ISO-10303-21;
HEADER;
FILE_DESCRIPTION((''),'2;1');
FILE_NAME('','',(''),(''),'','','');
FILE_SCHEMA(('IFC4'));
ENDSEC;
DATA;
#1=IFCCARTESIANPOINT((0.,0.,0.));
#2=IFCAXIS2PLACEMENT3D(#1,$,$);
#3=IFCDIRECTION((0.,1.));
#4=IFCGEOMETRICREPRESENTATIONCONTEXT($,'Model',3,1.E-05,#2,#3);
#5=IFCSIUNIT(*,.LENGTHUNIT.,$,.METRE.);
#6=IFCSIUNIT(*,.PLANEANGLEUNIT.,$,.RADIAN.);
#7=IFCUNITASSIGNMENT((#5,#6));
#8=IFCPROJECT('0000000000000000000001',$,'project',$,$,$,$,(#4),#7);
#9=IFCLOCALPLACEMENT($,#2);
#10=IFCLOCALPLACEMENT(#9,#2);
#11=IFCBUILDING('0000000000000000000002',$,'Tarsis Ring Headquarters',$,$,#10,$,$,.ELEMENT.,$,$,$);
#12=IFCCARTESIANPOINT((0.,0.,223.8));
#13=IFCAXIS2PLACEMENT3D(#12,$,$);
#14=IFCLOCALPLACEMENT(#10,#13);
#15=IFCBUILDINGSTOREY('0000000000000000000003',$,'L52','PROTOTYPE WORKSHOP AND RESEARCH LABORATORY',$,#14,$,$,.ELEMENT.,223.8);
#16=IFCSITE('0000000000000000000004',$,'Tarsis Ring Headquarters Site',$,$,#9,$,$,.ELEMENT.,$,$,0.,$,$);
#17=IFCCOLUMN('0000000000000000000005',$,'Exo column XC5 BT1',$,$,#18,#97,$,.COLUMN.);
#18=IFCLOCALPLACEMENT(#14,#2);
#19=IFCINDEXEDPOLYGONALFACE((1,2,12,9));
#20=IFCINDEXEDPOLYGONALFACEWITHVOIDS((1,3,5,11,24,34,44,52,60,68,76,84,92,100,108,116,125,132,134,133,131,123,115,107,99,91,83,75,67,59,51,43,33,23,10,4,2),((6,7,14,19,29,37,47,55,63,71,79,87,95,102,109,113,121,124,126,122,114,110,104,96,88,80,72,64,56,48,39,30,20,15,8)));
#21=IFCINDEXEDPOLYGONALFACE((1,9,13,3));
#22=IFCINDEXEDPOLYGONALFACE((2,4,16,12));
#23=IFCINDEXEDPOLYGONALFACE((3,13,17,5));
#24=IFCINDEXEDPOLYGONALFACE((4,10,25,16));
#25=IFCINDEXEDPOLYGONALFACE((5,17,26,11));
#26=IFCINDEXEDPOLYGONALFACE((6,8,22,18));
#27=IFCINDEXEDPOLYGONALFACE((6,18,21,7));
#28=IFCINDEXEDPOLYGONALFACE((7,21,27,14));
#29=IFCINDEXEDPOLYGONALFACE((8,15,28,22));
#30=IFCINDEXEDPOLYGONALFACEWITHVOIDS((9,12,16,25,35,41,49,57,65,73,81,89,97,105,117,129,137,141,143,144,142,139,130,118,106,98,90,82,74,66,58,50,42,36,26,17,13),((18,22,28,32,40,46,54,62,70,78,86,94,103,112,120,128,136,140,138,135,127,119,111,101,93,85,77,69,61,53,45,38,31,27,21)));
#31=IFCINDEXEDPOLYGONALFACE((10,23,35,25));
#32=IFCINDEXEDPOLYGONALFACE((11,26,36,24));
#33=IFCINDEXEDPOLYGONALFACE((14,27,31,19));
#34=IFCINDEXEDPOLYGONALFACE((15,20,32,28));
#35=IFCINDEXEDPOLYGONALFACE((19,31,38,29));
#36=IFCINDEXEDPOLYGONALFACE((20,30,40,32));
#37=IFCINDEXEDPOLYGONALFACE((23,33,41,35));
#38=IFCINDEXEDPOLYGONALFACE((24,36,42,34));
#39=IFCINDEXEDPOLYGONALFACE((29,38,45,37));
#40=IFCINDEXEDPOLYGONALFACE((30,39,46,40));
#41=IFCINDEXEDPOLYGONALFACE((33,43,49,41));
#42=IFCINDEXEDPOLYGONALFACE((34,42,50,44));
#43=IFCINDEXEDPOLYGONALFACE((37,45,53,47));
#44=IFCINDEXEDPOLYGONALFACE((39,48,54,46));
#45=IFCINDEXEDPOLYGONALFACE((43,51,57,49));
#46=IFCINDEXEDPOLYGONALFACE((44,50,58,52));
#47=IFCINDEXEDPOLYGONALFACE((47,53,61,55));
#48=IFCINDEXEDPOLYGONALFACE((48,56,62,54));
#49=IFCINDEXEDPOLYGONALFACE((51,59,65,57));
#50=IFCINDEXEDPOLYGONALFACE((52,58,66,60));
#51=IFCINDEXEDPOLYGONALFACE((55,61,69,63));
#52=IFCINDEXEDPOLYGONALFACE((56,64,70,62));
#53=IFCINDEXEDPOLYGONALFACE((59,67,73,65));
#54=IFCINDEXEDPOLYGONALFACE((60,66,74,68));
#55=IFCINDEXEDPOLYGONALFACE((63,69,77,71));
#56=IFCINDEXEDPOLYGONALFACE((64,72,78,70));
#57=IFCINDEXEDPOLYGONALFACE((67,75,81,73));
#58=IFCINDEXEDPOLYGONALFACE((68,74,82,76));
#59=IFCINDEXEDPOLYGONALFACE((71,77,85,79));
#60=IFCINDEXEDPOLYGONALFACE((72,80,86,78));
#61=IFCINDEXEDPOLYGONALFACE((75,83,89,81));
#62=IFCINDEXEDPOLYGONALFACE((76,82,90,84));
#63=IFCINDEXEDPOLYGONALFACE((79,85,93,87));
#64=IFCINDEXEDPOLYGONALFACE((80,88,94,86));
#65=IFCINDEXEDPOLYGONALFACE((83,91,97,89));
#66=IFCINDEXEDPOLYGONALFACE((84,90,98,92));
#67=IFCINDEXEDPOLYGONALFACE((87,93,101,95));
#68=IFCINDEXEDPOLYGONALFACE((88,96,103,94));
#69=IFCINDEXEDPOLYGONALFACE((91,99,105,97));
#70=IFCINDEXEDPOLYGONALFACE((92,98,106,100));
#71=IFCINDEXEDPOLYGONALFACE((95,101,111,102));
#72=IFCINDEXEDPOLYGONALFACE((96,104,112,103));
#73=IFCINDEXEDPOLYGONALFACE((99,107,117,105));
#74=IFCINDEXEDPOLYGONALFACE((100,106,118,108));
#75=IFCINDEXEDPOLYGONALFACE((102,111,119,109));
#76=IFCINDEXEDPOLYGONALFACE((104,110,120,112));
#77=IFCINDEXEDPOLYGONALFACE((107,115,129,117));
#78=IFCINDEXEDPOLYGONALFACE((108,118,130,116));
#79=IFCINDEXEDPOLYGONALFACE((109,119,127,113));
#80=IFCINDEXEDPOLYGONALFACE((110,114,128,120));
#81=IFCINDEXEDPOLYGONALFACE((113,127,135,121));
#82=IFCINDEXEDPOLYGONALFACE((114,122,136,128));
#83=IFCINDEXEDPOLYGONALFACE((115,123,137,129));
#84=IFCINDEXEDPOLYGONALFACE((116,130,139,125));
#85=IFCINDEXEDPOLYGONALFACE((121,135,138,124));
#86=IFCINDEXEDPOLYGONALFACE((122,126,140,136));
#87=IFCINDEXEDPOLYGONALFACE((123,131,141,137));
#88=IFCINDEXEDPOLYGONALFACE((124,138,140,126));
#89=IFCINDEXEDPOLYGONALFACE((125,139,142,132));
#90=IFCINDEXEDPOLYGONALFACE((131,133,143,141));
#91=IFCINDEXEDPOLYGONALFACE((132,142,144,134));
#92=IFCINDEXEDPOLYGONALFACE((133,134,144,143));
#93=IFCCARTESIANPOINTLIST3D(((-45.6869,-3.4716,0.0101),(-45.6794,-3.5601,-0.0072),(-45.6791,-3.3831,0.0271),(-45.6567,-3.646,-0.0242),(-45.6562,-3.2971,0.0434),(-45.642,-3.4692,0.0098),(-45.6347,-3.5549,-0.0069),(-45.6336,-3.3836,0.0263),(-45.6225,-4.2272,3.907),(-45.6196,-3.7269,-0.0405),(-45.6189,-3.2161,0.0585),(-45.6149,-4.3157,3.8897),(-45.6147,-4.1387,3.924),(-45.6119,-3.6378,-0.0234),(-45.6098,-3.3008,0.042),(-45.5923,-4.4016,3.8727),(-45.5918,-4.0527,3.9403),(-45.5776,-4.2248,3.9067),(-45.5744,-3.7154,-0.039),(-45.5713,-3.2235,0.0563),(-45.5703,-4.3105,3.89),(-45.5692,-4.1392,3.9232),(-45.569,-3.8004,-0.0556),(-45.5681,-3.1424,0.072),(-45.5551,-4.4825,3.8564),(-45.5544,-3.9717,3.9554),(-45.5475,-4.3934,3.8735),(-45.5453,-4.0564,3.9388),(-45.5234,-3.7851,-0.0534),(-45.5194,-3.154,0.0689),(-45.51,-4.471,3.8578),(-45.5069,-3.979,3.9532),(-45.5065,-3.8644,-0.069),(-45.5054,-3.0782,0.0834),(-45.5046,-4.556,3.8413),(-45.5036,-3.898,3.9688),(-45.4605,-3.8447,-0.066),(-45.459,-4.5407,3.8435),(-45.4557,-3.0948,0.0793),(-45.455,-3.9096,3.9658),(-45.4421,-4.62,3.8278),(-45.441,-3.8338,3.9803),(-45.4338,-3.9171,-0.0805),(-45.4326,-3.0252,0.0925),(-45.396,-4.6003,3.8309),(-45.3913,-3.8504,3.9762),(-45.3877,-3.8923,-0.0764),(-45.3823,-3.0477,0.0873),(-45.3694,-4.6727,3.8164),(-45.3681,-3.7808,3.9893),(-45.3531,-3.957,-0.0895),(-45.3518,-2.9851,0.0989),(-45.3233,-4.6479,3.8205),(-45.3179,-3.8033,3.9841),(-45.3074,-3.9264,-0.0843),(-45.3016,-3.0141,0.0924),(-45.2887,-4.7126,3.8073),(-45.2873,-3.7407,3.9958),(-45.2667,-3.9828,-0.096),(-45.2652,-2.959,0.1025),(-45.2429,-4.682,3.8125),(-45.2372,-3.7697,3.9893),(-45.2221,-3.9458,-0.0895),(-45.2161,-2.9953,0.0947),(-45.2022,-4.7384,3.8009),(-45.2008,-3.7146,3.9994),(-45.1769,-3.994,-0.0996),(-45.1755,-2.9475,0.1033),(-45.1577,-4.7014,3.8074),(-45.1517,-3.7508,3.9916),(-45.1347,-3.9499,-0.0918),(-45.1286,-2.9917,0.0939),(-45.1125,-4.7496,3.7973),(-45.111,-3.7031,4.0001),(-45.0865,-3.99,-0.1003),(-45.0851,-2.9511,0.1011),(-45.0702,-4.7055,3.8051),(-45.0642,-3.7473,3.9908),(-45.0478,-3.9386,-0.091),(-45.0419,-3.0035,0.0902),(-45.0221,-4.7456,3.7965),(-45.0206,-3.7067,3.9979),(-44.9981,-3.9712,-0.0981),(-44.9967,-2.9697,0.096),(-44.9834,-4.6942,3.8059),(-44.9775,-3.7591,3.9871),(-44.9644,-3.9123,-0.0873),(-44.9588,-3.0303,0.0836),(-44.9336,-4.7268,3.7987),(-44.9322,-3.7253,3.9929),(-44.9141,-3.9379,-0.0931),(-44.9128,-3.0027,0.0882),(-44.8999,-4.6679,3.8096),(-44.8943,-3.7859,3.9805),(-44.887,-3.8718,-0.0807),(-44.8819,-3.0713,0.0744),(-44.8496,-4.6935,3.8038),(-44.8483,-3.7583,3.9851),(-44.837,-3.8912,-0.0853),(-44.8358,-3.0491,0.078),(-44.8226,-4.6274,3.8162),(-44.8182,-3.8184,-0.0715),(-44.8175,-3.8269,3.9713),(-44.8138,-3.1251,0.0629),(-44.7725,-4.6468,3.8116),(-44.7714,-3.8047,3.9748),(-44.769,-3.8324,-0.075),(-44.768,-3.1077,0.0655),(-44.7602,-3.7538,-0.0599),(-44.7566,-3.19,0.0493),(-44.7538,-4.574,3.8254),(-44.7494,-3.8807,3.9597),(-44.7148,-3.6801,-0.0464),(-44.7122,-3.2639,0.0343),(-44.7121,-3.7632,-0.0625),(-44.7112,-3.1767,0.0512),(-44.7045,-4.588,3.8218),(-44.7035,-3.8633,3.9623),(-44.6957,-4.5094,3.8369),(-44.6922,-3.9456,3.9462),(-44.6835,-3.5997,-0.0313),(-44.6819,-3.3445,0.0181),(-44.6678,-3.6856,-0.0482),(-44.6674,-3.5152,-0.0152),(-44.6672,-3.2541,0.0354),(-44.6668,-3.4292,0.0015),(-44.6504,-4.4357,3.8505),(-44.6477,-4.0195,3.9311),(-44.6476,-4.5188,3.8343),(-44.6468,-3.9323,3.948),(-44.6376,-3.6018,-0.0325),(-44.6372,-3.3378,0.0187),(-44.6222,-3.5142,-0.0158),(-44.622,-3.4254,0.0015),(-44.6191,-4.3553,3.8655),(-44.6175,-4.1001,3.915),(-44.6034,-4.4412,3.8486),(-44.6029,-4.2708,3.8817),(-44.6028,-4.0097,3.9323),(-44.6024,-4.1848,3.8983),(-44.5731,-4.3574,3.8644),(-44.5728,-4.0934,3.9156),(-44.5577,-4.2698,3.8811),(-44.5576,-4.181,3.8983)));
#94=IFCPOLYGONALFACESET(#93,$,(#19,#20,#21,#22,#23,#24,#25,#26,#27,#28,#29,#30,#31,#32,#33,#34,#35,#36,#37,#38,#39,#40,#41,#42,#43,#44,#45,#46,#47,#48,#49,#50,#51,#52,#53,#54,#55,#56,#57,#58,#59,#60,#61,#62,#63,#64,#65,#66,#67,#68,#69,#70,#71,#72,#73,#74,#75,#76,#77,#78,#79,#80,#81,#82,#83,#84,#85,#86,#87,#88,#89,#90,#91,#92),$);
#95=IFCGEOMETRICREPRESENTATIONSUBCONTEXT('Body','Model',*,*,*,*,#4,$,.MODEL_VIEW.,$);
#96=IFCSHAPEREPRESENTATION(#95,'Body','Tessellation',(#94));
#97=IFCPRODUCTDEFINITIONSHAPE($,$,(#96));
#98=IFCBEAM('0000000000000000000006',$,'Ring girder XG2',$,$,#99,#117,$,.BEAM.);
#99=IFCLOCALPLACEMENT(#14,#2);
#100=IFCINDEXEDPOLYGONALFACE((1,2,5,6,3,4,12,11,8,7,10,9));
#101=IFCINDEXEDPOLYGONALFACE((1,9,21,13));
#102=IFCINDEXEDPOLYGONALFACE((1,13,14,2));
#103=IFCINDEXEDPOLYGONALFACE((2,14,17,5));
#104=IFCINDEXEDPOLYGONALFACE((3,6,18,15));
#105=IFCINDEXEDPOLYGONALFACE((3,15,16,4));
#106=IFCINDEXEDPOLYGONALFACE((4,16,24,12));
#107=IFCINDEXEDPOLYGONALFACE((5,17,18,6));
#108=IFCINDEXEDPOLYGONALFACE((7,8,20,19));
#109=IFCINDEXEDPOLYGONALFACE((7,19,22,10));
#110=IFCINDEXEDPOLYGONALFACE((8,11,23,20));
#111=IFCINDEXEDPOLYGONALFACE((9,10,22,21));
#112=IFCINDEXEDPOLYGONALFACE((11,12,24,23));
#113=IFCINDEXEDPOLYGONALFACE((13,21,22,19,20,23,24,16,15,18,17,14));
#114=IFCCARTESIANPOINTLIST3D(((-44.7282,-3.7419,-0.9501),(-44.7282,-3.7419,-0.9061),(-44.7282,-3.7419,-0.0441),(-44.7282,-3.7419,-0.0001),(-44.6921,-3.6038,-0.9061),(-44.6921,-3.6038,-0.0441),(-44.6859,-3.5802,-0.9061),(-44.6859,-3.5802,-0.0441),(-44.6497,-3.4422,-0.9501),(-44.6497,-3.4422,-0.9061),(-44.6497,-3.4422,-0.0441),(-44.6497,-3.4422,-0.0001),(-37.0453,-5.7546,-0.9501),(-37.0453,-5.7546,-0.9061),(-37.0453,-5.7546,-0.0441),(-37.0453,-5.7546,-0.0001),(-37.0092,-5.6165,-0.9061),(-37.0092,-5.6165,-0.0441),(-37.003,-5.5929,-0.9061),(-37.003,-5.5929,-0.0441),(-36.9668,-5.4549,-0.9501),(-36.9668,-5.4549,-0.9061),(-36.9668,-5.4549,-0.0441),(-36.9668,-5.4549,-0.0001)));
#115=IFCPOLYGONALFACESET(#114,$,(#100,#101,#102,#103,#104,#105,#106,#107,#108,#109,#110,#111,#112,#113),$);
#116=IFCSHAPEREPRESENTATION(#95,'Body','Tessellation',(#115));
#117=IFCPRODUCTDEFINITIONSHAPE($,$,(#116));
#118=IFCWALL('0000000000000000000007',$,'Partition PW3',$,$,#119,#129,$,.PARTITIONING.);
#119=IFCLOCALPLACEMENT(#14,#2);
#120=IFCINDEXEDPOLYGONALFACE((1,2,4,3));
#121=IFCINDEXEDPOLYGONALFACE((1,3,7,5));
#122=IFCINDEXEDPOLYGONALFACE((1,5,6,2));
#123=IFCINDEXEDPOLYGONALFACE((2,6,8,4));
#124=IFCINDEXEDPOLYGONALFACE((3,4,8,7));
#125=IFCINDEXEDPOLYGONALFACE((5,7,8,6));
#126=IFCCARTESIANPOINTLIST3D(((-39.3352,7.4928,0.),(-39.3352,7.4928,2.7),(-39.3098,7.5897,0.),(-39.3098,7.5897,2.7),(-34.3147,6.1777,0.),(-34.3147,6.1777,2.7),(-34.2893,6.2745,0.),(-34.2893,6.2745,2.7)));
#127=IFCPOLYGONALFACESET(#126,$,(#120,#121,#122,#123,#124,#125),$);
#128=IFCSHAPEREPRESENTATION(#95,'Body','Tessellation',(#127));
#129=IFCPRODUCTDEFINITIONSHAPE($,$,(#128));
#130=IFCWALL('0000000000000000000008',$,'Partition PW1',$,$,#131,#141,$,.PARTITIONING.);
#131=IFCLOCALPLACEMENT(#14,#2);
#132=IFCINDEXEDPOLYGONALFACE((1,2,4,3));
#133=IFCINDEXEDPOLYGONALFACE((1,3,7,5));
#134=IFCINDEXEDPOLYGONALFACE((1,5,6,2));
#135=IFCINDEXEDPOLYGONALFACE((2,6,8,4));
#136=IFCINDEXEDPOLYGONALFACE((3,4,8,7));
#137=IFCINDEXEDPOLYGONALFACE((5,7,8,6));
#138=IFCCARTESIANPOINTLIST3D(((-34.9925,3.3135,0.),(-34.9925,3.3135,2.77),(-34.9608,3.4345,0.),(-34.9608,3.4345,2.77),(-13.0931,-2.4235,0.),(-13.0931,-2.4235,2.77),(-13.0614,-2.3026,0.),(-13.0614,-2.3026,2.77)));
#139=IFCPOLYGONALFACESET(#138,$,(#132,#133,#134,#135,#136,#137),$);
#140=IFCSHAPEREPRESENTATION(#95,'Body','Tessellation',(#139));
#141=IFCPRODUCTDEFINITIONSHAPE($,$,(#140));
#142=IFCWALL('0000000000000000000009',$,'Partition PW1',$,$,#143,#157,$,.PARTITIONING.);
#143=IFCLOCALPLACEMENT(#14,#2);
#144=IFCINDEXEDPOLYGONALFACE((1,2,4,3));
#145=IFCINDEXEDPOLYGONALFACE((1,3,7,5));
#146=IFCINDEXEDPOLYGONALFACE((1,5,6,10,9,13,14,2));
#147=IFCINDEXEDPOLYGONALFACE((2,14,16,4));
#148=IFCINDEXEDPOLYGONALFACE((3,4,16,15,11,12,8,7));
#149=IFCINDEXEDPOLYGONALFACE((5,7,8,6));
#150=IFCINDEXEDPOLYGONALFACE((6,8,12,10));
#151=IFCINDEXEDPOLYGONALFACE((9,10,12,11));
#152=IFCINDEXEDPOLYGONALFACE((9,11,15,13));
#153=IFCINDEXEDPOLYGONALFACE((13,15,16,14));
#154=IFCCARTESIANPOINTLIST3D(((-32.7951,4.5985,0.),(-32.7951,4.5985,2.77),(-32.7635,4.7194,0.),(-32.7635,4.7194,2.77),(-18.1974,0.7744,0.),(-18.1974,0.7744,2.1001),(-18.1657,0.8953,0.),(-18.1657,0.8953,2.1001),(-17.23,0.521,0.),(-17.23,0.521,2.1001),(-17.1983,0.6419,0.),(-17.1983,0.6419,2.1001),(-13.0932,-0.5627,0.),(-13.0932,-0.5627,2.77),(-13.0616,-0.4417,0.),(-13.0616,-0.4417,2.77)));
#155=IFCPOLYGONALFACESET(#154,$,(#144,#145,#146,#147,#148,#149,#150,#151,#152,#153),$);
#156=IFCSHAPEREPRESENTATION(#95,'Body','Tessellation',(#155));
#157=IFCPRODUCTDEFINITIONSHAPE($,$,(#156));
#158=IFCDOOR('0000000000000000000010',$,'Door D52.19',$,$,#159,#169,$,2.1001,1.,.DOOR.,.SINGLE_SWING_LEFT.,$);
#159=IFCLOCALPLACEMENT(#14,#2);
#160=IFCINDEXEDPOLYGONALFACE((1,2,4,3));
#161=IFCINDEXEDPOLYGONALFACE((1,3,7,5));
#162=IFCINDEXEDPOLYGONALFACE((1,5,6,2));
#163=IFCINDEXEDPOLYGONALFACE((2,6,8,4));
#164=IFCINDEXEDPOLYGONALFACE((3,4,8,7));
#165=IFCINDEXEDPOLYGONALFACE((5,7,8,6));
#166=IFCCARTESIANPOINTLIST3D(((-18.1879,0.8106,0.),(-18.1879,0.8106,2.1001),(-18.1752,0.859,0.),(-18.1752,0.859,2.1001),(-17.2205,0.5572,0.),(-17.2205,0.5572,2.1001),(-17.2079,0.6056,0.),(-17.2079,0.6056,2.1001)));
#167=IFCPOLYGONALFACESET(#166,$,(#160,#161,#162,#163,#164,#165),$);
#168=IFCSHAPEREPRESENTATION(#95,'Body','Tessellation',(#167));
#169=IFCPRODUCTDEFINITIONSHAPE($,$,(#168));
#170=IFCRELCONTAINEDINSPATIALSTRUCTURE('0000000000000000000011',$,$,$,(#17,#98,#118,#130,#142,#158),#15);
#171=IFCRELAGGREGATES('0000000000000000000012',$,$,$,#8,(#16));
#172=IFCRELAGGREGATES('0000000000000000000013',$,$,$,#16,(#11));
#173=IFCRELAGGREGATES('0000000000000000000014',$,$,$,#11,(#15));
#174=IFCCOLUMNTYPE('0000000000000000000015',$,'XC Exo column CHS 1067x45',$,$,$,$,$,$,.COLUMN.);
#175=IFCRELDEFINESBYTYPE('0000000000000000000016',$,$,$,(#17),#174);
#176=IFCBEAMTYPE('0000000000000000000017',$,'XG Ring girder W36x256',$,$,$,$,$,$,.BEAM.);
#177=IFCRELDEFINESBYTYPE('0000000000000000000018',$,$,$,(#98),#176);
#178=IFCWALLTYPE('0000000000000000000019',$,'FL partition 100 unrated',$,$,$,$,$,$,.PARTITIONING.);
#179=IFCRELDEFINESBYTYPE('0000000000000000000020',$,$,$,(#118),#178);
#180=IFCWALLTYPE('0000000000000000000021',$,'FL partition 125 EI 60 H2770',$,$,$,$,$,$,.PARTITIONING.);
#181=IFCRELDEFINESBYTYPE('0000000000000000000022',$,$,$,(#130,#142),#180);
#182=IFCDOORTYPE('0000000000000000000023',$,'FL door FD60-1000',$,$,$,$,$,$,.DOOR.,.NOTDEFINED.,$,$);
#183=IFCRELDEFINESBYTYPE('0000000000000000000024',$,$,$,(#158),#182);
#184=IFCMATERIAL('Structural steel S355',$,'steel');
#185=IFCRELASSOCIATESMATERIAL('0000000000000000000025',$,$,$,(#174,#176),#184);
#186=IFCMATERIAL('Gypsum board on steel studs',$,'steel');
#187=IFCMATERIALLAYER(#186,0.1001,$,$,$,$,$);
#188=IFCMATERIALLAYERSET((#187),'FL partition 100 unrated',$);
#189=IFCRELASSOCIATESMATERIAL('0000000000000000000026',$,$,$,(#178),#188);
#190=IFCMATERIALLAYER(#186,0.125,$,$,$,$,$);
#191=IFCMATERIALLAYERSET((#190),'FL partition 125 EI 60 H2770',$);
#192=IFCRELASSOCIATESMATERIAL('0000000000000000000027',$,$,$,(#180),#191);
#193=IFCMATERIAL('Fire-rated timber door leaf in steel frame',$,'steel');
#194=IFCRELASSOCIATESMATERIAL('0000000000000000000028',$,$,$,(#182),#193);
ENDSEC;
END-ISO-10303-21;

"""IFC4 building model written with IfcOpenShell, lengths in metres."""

from ifc_helpers import new_model, si_unit, direction, frame, frame_2d, origin, origin_2d, place, context, subcontext, project, spatial, rectangle, hollow_circle, i_section, extrude, material, layer, layer_set, material_profile, profile_set, type_object, element, fill, save


model = new_model("IFC4")

# Units and contexts
model_context = context("Model", 3, precision=1e-05, world=origin(), true_north=direction((0.0, 1.0)))
body_context = subcontext(model_context, "Body", "Model", "MODEL_VIEW")
ifc_project = project(units=[si_unit("LENGTHUNIT", "METRE"), si_unit("PLANEANGLEUNIT", "RADIAN")], contexts=[model_context])

# Site, building, storey
site_placement = place(None, origin())
site = spatial("IfcSite", under=ifc_project, at=site_placement, Name="Tarsis Ring Headquarters Site", CompositionType="ELEMENT", RefElevation=0.0)
building_placement = place(site_placement, origin())
building = spatial("IfcBuilding", under=site, at=building_placement, Name="Tarsis Ring Headquarters", CompositionType="ELEMENT")
storey_placement = place(building_placement, frame((0.0, 0.0, 223.8)))
storey = spatial("IfcBuildingStorey", under=building, at=storey_placement, Name="L52", Description="PROTOTYPE WORKSHOP AND RESEARCH LABORATORY", CompositionType="ELEMENT", Elevation=223.8)

# Column
ifc_material_1 = material(Name="Structural steel S355", Category="steel")
ifc_material_profile_1 = material_profile(ifc_material_1, hollow_circle(Radius=0.5334, WallThickness=0.0449, at=origin_2d()), Name="CHS 1067x45")
ifc_profile_set_1 = profile_set([ifc_material_profile_1], Name="Structural steel S355")
column_type = type_object("IfcColumnType", Name="XC Exo column CHS 1067x45", PredefinedType="COLUMN", material=ifc_profile_set_1)
column_placement = place(storey_placement, frame((-45.1536, -3.4707, 0.0015), z_axis=(0.016235, -0.190328, 0.981586), x_axis=(0.996382, 0.08499, 0.0)))
element("IfcColumn", 1, at=column_placement, inside=storey, type_object=column_type, Name="Exo column XC5 BT1", PredefinedType="COLUMN", context=body_context, shape_type="SweptSolid", body=[
    extrude(hollow_circle(Radius=0.5334, WallThickness=0.0449, at=origin_2d()), origin(), (0.0, 0.0, 1.0), 3.97),
])

# Beam
ifc_material_profile_2 = material_profile(ifc_material_1, i_section(OverallWidth=0.3098, OverallDepth=0.95, WebThickness=0.0244, FlangeThickness=0.0439, at=origin_2d()), Name="W36x256")
ifc_profile_set_2 = profile_set([ifc_material_profile_2], Name="Structural steel S355")
beam_type = type_object("IfcBeamType", Name="XG Ring girder W36x256", PredefinedType="BEAM", material=ifc_profile_set_2)
beam_placement = place(storey_placement, frame((-44.689, -3.592, -0.4751), z_axis=(0.967356, -0.25342, 0.0), x_axis=(0.25342, 0.967356, 0.0)))
element("IfcBeam", 2, at=beam_placement, inside=storey, type_object=beam_type, Name="Ring girder XG2", PredefinedType="BEAM", context=body_context, shape_type="SweptSolid", body=[
    extrude(i_section(OverallWidth=0.3098, OverallDepth=0.95, WebThickness=0.0244, FlangeThickness=0.0439, at=origin_2d()), origin(), (0.0, 0.0, 1.0), 7.9421),
])

# Walls
ifc_material_2 = material(Name="Gypsum board on steel studs", Category="steel")
ifc_layer_1 = layer(ifc_material_2, 0.1001)
ifc_layer_set_1 = layer_set([ifc_layer_1], Name="FL partition 100 unrated")
wall_type_1 = type_object("IfcWallType", Name="FL partition 100 unrated", PredefinedType="PARTITIONING", material=ifc_layer_set_1)
wall_1_placement = place(storey_placement, frame((-39.3225, 7.5413, 0.0), z_axis=(0.0, 0.0, 1.0), x_axis=(0.967358, -0.253412, 0.0)))
element("IfcWall", 3, at=wall_1_placement, inside=storey, type_object=wall_type_1, Name="Partition PW3", PredefinedType="PARTITIONING", context=body_context, shape_type="SweptSolid", body=[
    extrude(rectangle(XDim=5.1899, YDim=0.1001, at=frame_2d((2.595, 0.0))), origin(), (0.0, 0.0, 1.0), 2.7),
])
ifc_layer_2 = layer(ifc_material_2, 0.125)
ifc_layer_set_2 = layer_set([ifc_layer_2], Name="FL partition 125 EI 60 H2770")
wall_type_2 = type_object("IfcWallType", Name="FL partition 125 EI 60 H2770", PredefinedType="PARTITIONING", material=ifc_layer_set_2)
wall_2_placement = place(storey_placement, frame((-34.9768, 3.374, 0.0), z_axis=(0.0, 0.0, 1.0), x_axis=(0.967356, -0.253421, 0.0)))
element("IfcWall", 4, at=wall_2_placement, inside=storey, type_object=wall_type_2, Name="Partition PW1", PredefinedType="PARTITIONING", context=body_context, shape_type="SweptSolid", body=[
    extrude(rectangle(XDim=22.6384, YDim=0.125, at=frame_2d((11.3193, 0.0))), origin(), (0.0, 0.0, 1.0), 2.77),
])

# Wall, opening, door
wall_3_placement = place(storey_placement, frame((-32.7793, 4.6589, 0.0), z_axis=(0.0, 0.0, 1.0), x_axis=(0.967359, -0.25341, 0.0)))
wall_3 = element("IfcWall", 5, at=wall_3_placement, inside=storey, type_object=wall_type_2, Name="Partition PW1", PredefinedType="PARTITIONING", context=body_context, shape_type="SweptSolid", body=[
    extrude(rectangle(XDim=20.3667, YDim=0.125, at=frame_2d((10.1833, 0.0))), origin(), (0.0, 0.0, 1.0), 2.77),
])
opening_1_placement = place(wall_3_placement, frame((15.0903, 0.0, 0.0)))
opening_1 = element("IfcOpeningElement", 6, at=opening_1_placement, cuts=wall_3, PredefinedType="OPENING", context=body_context, shape_type="SweptSolid", body=[
    extrude(rectangle(XDim=1.0, YDim=2.1001, at=frame_2d((0.5, 1.05))), frame((0.0, 0.0725, 0.0), z_axis=(0.0, -1.0, 0.0), x_axis=(1.0, 0.0, 0.0)), (0.0, 0.0, 1.0), 0.145),
])
ifc_material_3 = material(Name="Fire-rated timber door leaf in steel frame", Category="steel")
door_type_1 = type_object("IfcDoorType", Name="FL door FD60-1000", OperationType="NOTDEFINED", PredefinedType="DOOR", material=ifc_material_3)
door_1_placement = place(opening_1_placement, origin())
door_1 = element("IfcDoor", 7, at=door_1_placement, inside=storey, type_object=door_type_1, Name="Door D52.19", OperationType="SINGLE_SWING_LEFT", OverallHeight=2.1001, OverallWidth=1.0, PredefinedType="DOOR", context=body_context, shape_type="SweptSolid", body=[
    extrude(rectangle(XDim=1.0, YDim=2.1001, at=frame_2d((0.5, 1.05))), frame((0.0, 0.0249, 0.0), z_axis=(0.0, -1.0, 0.0), x_axis=(1.0, 0.0, 0.0)), (0.0, 0.0, 1.0), 0.05),
])
fill(opening_1, door_1)

save(model, "model.ifc")
